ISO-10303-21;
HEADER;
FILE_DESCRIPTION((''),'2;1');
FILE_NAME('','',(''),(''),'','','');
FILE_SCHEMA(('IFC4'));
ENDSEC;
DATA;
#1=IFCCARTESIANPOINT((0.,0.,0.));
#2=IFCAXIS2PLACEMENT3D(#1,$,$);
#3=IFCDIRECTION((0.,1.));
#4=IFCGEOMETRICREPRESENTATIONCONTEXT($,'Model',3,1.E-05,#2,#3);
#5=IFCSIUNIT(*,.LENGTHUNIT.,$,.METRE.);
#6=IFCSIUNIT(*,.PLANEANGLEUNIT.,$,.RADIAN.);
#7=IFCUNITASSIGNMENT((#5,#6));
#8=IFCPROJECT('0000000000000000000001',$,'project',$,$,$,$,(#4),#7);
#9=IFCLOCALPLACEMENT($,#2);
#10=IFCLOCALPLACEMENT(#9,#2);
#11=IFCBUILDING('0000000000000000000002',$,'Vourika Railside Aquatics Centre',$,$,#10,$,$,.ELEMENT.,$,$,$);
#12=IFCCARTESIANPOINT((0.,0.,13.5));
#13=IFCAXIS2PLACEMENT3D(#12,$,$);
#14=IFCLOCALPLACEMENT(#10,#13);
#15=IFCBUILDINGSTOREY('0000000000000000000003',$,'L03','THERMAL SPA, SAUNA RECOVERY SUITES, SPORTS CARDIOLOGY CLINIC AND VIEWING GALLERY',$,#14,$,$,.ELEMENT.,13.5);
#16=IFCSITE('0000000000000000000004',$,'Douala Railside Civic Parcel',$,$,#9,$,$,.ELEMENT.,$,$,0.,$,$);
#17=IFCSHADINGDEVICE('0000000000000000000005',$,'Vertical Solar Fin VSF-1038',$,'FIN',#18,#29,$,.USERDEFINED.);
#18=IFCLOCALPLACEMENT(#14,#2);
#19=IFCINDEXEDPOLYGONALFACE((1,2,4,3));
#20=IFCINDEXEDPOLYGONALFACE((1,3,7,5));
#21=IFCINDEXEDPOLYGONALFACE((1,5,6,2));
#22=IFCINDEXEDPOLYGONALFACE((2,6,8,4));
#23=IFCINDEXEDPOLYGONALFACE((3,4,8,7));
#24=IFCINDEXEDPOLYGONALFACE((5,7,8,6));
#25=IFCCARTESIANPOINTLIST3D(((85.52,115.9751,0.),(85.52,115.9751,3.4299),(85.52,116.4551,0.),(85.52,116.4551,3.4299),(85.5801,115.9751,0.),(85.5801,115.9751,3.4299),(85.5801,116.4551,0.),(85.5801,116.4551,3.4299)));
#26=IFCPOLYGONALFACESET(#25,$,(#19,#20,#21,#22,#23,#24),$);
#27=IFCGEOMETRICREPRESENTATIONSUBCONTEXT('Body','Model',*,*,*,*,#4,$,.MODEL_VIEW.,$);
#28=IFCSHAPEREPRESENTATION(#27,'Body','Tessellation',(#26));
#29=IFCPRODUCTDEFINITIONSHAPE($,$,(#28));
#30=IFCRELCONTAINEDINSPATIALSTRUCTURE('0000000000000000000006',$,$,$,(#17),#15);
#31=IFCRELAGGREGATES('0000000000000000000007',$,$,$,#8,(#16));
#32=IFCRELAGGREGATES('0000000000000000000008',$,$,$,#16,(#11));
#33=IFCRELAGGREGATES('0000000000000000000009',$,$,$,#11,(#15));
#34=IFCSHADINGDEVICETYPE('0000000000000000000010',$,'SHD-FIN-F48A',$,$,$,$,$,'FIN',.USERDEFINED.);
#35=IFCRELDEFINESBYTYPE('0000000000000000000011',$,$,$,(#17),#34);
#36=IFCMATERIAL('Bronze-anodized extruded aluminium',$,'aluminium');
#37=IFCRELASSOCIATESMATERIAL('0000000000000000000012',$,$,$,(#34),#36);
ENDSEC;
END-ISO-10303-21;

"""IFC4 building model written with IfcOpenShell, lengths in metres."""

from ifc_helpers import new_model, si_unit, direction, frame, origin, origin_2d, place, context, subcontext, project, spatial, rectangle, extrude, material, material_profile, profile_set, type_object, element, save


model = new_model("IFC4")

# Units and contexts
model_context = context("Model", 3, precision=1e-05, world=origin(), true_north=direction((0.0, 1.0)))
body_context = subcontext(model_context, "Body", "Model", "MODEL_VIEW")
ifc_project = project(units=[si_unit("LENGTHUNIT", "METRE"), si_unit("PLANEANGLEUNIT", "RADIAN")], contexts=[model_context])

# Site, building, storey
site_placement = place(None, origin())
site = spatial("IfcSite", under=ifc_project, at=site_placement, Name="Douala Railside Civic Parcel", CompositionType="ELEMENT", RefElevation=0.0)
building_placement = place(site_placement, origin())
building = spatial("IfcBuilding", under=site, at=building_placement, Name="Vourika Railside Aquatics Centre", CompositionType="ELEMENT")
storey_placement = place(building_placement, frame((0.0, 0.0, 13.5)))
storey = spatial("IfcBuildingStorey", under=building, at=storey_placement, Name="L03", Description="THERMAL SPA, SAUNA RECOVERY SUITES, SPORTS CARDIOLOGY CLINIC AND VIEWING GALLERY", CompositionType="ELEMENT", Elevation=13.5)

# Shading device
ifc_material_1 = material(Name="Bronze-anodized extruded aluminium", Category="aluminium")
ifc_material_profile_1 = material_profile(ifc_material_1, rectangle(XDim=0.0601, YDim=0.48, at=origin_2d()), Name="ALU-FIN 60x480")
ifc_profile_set_1 = profile_set([ifc_material_profile_1], Name="Bronze-anodized extruded aluminium")
shading_device_type = type_object("IfcShadingDeviceType", Name="SHD-FIN-F48A", ElementType="FIN", PredefinedType="USERDEFINED", material=ifc_profile_set_1)
for number, where, z_axis, x_axis, name in (
    (1, (85.55, 116.2151, 0.0), (0.0, 0.0, 1.0), (1.0, 0.0, 0.0), "Vertical Solar Fin VSF-1038"),
):
    element("IfcShadingDevice", number, at=place(storey_placement, frame(where, z_axis=z_axis, x_axis=x_axis)), inside=storey, type_object=shading_device_type, Name=name, ObjectType="FIN", PredefinedType="USERDEFINED", context=body_context, shape_type="SweptSolid", body=[
        extrude(rectangle(XDim=0.0601, YDim=0.48, at=origin_2d()), origin(), (0.0, 0.0, 1.0), 3.4299),
    ])

save(model, "model.ifc")
